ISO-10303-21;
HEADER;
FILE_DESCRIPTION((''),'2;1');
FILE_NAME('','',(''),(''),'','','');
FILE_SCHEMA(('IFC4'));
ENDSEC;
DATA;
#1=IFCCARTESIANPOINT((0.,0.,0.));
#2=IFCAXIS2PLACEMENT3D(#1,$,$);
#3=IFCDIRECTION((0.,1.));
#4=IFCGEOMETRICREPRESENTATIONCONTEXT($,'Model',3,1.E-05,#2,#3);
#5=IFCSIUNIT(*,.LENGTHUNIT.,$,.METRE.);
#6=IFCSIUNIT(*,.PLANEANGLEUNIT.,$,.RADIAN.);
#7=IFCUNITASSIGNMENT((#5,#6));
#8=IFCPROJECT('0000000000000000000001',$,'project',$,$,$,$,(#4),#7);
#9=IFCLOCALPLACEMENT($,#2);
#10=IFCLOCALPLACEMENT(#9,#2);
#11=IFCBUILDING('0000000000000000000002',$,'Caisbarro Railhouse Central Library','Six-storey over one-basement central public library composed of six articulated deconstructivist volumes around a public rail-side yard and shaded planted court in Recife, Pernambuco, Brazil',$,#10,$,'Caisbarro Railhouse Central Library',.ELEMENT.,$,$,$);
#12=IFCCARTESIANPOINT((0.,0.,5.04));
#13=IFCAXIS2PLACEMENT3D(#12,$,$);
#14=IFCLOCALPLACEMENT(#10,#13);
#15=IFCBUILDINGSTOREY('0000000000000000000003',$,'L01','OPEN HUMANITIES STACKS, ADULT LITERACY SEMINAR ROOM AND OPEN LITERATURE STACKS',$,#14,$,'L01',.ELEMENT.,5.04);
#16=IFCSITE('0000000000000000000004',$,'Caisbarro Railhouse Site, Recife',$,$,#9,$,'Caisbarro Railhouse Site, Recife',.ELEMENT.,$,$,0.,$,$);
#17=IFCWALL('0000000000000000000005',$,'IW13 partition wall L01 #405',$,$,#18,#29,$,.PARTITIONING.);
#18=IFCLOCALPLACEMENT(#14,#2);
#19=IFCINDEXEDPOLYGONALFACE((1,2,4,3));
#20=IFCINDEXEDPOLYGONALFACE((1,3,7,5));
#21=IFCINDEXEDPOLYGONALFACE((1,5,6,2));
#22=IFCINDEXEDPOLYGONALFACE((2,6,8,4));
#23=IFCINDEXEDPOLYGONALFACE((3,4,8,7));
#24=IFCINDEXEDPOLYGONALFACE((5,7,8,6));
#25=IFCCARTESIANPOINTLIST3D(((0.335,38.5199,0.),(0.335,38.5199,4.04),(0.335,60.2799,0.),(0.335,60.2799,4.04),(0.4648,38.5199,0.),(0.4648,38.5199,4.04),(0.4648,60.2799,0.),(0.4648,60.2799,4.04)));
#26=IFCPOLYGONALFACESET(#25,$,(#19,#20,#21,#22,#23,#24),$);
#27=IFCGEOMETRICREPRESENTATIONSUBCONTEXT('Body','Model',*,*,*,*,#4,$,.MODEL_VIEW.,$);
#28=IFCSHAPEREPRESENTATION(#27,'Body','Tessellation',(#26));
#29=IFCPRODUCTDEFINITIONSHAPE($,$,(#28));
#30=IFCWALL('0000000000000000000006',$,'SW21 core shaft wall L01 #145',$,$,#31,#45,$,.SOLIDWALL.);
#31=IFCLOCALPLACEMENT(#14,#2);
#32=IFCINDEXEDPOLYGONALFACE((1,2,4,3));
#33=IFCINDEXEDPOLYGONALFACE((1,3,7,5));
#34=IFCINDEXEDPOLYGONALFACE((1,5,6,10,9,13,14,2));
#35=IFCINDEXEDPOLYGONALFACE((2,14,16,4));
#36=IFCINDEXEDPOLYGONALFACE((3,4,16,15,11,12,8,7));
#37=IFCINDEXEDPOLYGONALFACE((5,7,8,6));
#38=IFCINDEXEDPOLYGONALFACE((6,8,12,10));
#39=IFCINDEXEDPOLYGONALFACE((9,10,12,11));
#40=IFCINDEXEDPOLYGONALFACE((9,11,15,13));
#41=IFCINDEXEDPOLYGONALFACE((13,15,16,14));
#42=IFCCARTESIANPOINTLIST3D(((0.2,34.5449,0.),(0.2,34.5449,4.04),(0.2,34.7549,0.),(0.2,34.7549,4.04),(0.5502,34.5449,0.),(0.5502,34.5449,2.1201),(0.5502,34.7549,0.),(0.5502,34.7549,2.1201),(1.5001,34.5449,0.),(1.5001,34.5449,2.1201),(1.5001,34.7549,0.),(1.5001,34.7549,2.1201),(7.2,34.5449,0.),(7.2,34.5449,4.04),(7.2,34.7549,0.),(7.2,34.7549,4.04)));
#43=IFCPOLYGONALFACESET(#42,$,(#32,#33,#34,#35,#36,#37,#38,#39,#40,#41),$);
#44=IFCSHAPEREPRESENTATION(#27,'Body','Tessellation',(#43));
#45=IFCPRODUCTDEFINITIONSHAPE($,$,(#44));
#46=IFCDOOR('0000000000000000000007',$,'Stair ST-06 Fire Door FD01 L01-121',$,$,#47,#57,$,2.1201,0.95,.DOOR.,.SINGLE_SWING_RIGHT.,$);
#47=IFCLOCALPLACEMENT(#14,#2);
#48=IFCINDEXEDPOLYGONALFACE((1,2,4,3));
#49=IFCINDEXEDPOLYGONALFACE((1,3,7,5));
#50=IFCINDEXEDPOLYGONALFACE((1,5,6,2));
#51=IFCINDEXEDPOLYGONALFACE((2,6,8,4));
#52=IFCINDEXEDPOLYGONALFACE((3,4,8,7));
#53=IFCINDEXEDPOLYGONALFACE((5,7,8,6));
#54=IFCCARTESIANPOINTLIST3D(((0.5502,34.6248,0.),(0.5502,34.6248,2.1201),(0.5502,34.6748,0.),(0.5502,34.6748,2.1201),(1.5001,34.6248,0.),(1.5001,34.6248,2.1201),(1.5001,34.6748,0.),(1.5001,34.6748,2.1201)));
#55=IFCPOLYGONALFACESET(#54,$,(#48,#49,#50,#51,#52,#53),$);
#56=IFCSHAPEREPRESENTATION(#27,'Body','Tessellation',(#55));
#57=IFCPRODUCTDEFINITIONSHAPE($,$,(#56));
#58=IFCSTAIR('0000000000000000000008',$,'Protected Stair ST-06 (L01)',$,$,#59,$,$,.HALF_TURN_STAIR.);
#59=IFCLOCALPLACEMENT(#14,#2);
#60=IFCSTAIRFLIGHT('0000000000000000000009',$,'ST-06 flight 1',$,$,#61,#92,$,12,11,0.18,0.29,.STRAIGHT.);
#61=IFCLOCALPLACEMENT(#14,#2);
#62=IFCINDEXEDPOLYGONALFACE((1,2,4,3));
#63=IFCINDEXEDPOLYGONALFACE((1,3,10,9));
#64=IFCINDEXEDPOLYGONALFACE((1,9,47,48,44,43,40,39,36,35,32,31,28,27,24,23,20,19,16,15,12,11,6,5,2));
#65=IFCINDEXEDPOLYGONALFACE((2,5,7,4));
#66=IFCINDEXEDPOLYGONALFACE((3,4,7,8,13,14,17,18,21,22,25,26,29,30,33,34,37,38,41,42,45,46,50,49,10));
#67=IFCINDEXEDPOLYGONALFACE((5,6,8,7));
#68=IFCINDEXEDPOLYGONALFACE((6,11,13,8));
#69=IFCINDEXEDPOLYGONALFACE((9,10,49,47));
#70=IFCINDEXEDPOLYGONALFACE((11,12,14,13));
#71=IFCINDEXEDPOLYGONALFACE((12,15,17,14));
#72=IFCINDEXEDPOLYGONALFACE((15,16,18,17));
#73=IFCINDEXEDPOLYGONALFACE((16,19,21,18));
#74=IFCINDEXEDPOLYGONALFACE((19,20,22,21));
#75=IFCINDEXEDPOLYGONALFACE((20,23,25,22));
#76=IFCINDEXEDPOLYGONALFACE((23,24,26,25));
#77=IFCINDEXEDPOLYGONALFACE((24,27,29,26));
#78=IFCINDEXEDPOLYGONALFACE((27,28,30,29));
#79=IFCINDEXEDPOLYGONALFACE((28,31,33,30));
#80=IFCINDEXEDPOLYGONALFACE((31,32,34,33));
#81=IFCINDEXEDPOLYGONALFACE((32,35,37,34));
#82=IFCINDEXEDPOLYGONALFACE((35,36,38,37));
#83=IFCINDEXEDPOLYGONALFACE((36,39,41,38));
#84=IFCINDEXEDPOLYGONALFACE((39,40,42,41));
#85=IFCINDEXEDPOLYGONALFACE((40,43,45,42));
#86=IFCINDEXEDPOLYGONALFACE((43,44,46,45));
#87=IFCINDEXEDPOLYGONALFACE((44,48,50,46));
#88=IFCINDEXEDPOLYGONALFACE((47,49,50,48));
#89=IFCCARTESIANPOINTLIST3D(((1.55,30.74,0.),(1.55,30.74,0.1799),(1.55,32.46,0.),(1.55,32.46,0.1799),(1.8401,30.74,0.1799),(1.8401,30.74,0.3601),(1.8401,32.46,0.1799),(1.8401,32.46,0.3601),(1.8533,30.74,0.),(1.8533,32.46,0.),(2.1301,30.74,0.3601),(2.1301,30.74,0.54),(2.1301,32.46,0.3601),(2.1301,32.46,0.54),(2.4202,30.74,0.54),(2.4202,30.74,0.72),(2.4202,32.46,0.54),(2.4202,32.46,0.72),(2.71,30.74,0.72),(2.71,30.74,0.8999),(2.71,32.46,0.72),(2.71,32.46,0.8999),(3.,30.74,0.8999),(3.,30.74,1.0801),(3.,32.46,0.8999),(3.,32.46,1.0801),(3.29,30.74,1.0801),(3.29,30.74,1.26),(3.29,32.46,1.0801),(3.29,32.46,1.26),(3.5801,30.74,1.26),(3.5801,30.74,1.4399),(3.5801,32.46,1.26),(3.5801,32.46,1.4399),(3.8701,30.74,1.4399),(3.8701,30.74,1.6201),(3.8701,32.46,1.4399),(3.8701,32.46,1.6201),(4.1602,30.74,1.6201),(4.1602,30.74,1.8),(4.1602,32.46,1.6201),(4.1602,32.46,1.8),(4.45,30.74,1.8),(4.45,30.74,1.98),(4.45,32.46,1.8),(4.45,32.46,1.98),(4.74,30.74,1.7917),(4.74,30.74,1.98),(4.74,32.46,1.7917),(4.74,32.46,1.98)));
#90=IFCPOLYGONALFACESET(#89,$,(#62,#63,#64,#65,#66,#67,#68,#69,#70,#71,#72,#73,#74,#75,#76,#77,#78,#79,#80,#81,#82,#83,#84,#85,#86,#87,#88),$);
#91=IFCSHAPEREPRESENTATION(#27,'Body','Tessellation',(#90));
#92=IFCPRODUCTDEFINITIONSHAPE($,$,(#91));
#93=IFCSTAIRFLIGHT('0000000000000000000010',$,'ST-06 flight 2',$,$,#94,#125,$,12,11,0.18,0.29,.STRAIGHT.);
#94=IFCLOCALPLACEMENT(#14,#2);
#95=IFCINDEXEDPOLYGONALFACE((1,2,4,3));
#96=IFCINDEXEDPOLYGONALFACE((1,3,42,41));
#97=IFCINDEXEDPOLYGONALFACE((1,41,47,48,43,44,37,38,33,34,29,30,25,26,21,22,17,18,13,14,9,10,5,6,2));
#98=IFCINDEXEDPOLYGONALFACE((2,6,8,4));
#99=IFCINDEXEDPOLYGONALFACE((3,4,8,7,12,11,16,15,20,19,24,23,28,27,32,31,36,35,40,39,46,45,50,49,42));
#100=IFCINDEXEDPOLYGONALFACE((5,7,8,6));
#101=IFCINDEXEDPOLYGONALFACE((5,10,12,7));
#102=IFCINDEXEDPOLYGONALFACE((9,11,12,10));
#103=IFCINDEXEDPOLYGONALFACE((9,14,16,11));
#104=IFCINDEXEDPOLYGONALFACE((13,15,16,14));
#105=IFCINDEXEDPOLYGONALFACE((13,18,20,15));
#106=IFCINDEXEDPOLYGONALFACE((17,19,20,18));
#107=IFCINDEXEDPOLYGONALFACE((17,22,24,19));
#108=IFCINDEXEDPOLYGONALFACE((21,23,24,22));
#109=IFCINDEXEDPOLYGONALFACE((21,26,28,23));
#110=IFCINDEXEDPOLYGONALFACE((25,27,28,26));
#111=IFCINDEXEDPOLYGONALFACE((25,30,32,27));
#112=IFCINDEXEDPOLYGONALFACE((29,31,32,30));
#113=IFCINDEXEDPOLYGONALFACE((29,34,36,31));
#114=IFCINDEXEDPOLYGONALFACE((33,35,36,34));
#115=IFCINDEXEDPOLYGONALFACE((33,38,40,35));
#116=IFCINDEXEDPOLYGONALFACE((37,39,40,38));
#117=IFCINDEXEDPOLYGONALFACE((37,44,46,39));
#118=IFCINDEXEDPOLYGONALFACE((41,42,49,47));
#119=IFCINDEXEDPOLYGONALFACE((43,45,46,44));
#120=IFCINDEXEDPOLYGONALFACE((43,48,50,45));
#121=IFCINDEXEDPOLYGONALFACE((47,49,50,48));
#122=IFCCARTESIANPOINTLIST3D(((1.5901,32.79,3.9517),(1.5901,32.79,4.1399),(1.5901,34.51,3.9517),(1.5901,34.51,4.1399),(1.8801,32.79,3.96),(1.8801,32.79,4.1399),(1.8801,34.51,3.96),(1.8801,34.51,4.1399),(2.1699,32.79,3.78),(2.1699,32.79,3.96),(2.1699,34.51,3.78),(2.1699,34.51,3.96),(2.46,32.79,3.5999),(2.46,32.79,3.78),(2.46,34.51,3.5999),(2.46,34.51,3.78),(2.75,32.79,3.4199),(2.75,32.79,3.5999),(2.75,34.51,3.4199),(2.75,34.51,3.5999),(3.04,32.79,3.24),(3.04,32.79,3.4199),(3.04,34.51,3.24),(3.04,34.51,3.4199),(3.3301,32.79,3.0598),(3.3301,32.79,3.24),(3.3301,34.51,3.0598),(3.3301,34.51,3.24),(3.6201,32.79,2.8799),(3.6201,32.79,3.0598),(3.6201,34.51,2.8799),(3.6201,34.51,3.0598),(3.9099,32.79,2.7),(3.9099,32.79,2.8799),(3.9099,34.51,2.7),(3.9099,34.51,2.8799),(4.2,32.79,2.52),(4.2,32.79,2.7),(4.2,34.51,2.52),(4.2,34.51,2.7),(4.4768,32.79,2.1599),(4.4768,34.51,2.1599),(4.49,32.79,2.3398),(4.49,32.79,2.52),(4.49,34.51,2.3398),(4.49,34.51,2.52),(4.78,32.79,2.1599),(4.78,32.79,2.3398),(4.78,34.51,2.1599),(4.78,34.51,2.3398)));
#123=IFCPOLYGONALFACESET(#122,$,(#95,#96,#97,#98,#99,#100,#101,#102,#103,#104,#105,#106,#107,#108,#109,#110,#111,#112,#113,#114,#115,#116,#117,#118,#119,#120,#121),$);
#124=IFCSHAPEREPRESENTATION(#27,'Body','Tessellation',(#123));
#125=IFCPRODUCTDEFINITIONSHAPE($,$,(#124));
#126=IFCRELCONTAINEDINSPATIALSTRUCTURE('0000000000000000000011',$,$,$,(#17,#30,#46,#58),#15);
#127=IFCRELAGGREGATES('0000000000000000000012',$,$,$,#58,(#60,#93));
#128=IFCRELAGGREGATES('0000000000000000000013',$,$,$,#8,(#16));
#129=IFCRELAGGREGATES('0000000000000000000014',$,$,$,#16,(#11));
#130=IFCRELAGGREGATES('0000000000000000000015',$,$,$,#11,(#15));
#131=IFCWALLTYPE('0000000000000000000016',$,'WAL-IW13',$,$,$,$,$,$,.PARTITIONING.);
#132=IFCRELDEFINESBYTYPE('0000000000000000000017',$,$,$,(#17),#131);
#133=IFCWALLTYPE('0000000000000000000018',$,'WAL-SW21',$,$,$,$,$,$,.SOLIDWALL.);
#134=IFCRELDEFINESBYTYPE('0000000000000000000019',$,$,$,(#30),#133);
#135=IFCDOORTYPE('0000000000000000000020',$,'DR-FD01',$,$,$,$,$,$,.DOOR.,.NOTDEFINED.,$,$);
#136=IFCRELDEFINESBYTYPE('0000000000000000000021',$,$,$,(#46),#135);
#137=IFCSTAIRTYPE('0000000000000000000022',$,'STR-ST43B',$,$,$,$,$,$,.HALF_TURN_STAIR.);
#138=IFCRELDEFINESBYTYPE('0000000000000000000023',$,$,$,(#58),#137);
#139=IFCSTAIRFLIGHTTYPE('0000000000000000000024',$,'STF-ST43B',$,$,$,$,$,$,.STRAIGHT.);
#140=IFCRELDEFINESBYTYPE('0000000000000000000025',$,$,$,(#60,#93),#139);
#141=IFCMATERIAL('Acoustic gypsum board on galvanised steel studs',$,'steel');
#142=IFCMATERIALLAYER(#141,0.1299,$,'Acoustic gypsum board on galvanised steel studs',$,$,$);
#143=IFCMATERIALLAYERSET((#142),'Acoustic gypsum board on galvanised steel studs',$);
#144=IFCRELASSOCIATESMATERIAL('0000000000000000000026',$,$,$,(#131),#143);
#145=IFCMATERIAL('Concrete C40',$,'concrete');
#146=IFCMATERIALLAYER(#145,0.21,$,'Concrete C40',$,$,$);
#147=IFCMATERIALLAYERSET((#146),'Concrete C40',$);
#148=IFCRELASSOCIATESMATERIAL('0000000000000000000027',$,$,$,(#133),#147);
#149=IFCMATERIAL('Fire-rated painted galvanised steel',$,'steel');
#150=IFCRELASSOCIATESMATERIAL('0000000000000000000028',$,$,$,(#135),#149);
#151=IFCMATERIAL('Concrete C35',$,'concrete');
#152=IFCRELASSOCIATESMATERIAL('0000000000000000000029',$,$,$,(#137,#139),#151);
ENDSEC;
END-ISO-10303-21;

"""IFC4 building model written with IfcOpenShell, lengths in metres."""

from ifc_helpers import new_model, si_unit, direction, frame, frame_2d, origin, place, context, subcontext, project, spatial, polyline, rectangle, outline, extrude, material, layer, layer_set, type_object, element, fill, aggregate, save


model = new_model("IFC4")

# Units and contexts
model_context = context("Model", 3, precision=1e-05, world=origin(), true_north=direction((0.0, 1.0)))
body_context = subcontext(model_context, "Body", "Model", "MODEL_VIEW")
ifc_project = project(units=[si_unit("LENGTHUNIT", "METRE"), si_unit("PLANEANGLEUNIT", "RADIAN")], contexts=[model_context])

# Site, building, storey
site_placement = place(None, origin())
site = spatial("IfcSite", under=ifc_project, at=site_placement, Name="Caisbarro Railhouse Site, Recife", LongName="Caisbarro Railhouse Site, Recife", CompositionType="ELEMENT", RefElevation=0.0)
building_placement = place(site_placement, origin())
building = spatial("IfcBuilding", under=site, at=building_placement, Name="Caisbarro Railhouse Central Library", Description="Six-storey over one-basement central public library composed of six articulated deconstructivist volumes around a public rail-side yard and shaded planted court in Recife, Pernambuco, Brazil", LongName="Caisbarro Railhouse Central Library", CompositionType="ELEMENT")
storey_placement = place(building_placement, frame((0.0, 0.0, 5.04)))
storey = spatial("IfcBuildingStorey", under=building, at=storey_placement, Name="L01", Description="OPEN HUMANITIES STACKS, ADULT LITERACY SEMINAR ROOM AND OPEN LITERATURE STACKS", LongName="L01", CompositionType="ELEMENT", Elevation=5.04)

# Shared definitions
ifc_material_1 = material(Name="Concrete C40", Category="concrete")

# Shared definitions
ifc_material_2 = material(Name="Fire-rated painted galvanised steel", Category="steel")

# Wall
ifc_material_3 = material(Name="Acoustic gypsum board on galvanised steel studs", Category="steel")
ifc_layer_1 = layer(ifc_material_3, 0.1299, Name="Acoustic gypsum board on galvanised steel studs")
ifc_layer_set_1 = layer_set([ifc_layer_1], Name="Acoustic gypsum board on galvanised steel studs")
wall_type_1 = type_object("IfcWallType", Name="WAL-IW13", PredefinedType="PARTITIONING", material=ifc_layer_set_1)
wall_1_placement = place(storey_placement, frame((0.3999, 38.52, 0.0), z_axis=(0.0, 0.0, 1.0), x_axis=(0.0, 1.0, 0.0)))
element("IfcWall", 1, at=wall_1_placement, inside=storey, type_object=wall_type_1, Name="IW13 partition wall L01 #405", PredefinedType="PARTITIONING", context=body_context, shape_type="SweptSolid", body=[
    extrude(rectangle(XDim=21.76, YDim=0.1299, at=frame_2d((10.8799, 0.0))), origin(), (0.0, 0.0, 1.0), 4.04),
])

# Wall, opening, door
ifc_layer_2 = layer(ifc_material_1, 0.21, Name="Concrete C40")
ifc_layer_set_2 = layer_set([ifc_layer_2], Name="Concrete C40")
wall_type_2 = type_object("IfcWallType", Name="WAL-SW21", PredefinedType="SOLIDWALL", material=ifc_layer_set_2)
wall_2_placement = place(storey_placement, frame((0.2, 34.6499, 0.0), z_axis=(0.0, 0.0, 1.0), x_axis=(1.0, 0.0, 0.0)))
wall_2 = element("IfcWall", 2, at=wall_2_placement, inside=storey, type_object=wall_type_2, Name="SW21 core shaft wall L01 #145", PredefinedType="SOLIDWALL", context=body_context, shape_type="SweptSolid", body=[
    extrude(rectangle(XDim=7.0, YDim=0.21, at=frame_2d((3.5, 0.0))), origin(), (0.0, 0.0, 1.0), 4.04),
])
opening_1_placement = place(wall_2_placement, frame((0.3501, 0.0, 0.0)))
opening_1 = element("IfcOpeningElement", 3, at=opening_1_placement, cuts=wall_2, PredefinedType="OPENING", context=body_context, shape_type="SweptSolid", body=[
    extrude(rectangle(XDim=0.95, YDim=2.1201, at=frame_2d((0.4751, 1.0601))), frame((0.0, 0.115, 0.0), z_axis=(0.0, -1.0, 0.0), x_axis=(1.0, 0.0, 0.0)), (0.0, 0.0, 1.0), 0.23),
])
door_type_1 = type_object("IfcDoorType", Name="DR-FD01", OperationType="NOTDEFINED", PredefinedType="DOOR", material=ifc_material_2)
door_1_placement = place(opening_1_placement, origin())
door_1 = element("IfcDoor", 4, at=door_1_placement, inside=storey, type_object=door_type_1, Name="Stair ST-06 Fire Door FD01 L01-121", OperationType="SINGLE_SWING_RIGHT", OverallHeight=2.1201, OverallWidth=0.95, PredefinedType="DOOR", context=body_context, shape_type="SweptSolid", body=[
    extrude(rectangle(XDim=0.95, YDim=2.1201, at=frame_2d((0.4751, 1.0601))), frame((0.0, 0.0249, 0.0), z_axis=(0.0, -1.0, 0.0), x_axis=(1.0, 0.0, 0.0)), (0.0, 0.0, 1.0), 0.05),
])
fill(opening_1, door_1)

# Stair, stair flights
ifc_material_4 = material(Name="Concrete C35", Category="concrete")
stair_type = type_object("IfcStairType", Name="STR-ST43B", PredefinedType="HALF_TURN_STAIR", material=ifc_material_4)
stair_placement = place(storey_placement, origin())
stair = element("IfcStair", 5, at=stair_placement, inside=storey, type_object=stair_type, Name="Protected Stair ST-06 (L01)", PredefinedType="HALF_TURN_STAIR")
stair_flight_type = type_object("IfcStairFlightType", Name="STF-ST43B", PredefinedType="STRAIGHT", material=ifc_material_4)
stair_flight_1_placement = place(storey_placement, frame((1.55, 31.6001, 0.0), z_axis=(0.0, 0.0, 1.0), x_axis=(1.0, 0.0, 0.0)))
stair_flight_1 = element("IfcStairFlight", 6, at=stair_flight_1_placement, type_object=stair_flight_type, Name="ST-06 flight 1", NumberOfRisers=12, NumberOfTreads=11, PredefinedType="STRAIGHT", RiserHeight=0.18, TreadLength=0.29, context=body_context, shape_type="SweptSolid", body=[
    extrude(outline(polyline([(0.0, 0.0), (0.0, 0.1799), (0.29, 0.1799), (0.29, 0.3601), (0.5801, 0.3601), (0.5801, 0.54), (0.8701, 0.54), (0.8701, 0.72), (1.1599, 0.72), (1.1599, 0.8999), (1.45, 0.8999), (1.45, 1.0801), (1.74, 1.0801), (1.74, 1.26), (2.03, 1.26), (2.03, 1.4399), (2.3201, 1.4399), (2.3201, 1.6201), (2.6101, 1.6201), (2.6101, 1.8), (2.8999, 1.8), (2.8999, 1.98), (3.1899, 1.98), (3.1899, 2.1599), (3.1899, 1.7917), (0.3032, 0.0), (0.0, 0.0)])), frame((0.0, 0.8599, 0.0), z_axis=(0.0, -1.0, 0.0), x_axis=(1.0, 0.0, 0.0)), (0.0, 0.0, 1.0), 1.72),
])
stair_flight_2_placement = place(storey_placement, frame((4.78, 33.6499, 2.1599), z_axis=(0.0, 0.0, 1.0), x_axis=(-1.0, 0.0, 0.0)))
stair_flight_2 = element("IfcStairFlight", 7, at=stair_flight_2_placement, type_object=stair_flight_type, Name="ST-06 flight 2", NumberOfRisers=12, NumberOfTreads=11, PredefinedType="STRAIGHT", RiserHeight=0.18, TreadLength=0.29, context=body_context, shape_type="SweptSolid", body=[
    extrude(outline(polyline([(0.0, 0.0), (0.0, 0.1799), (0.29, 0.1799), (0.29, 0.3601), (0.5801, 0.3601), (0.5801, 0.54), (0.8701, 0.54), (0.8701, 0.72), (1.1599, 0.72), (1.1599, 0.8999), (1.45, 0.8999), (1.45, 1.0801), (1.74, 1.0801), (1.74, 1.26), (2.03, 1.26), (2.03, 1.4399), (2.3201, 1.4399), (2.3201, 1.6201), (2.6101, 1.6201), (2.6101, 1.8), (2.8999, 1.8), (2.8999, 1.98), (3.1899, 1.98), (3.1899, 2.1599), (3.1899, 1.7917), (0.3032, 0.0), (0.0, 0.0)])), frame((0.0, 0.8599, 0.0), z_axis=(0.0, -1.0, 0.0), x_axis=(1.0, 0.0, 0.0)), (0.0, 0.0, 1.0), 1.72),
])
aggregate(stair, [stair_flight_1, stair_flight_2])

save(model, "model.ifc")
